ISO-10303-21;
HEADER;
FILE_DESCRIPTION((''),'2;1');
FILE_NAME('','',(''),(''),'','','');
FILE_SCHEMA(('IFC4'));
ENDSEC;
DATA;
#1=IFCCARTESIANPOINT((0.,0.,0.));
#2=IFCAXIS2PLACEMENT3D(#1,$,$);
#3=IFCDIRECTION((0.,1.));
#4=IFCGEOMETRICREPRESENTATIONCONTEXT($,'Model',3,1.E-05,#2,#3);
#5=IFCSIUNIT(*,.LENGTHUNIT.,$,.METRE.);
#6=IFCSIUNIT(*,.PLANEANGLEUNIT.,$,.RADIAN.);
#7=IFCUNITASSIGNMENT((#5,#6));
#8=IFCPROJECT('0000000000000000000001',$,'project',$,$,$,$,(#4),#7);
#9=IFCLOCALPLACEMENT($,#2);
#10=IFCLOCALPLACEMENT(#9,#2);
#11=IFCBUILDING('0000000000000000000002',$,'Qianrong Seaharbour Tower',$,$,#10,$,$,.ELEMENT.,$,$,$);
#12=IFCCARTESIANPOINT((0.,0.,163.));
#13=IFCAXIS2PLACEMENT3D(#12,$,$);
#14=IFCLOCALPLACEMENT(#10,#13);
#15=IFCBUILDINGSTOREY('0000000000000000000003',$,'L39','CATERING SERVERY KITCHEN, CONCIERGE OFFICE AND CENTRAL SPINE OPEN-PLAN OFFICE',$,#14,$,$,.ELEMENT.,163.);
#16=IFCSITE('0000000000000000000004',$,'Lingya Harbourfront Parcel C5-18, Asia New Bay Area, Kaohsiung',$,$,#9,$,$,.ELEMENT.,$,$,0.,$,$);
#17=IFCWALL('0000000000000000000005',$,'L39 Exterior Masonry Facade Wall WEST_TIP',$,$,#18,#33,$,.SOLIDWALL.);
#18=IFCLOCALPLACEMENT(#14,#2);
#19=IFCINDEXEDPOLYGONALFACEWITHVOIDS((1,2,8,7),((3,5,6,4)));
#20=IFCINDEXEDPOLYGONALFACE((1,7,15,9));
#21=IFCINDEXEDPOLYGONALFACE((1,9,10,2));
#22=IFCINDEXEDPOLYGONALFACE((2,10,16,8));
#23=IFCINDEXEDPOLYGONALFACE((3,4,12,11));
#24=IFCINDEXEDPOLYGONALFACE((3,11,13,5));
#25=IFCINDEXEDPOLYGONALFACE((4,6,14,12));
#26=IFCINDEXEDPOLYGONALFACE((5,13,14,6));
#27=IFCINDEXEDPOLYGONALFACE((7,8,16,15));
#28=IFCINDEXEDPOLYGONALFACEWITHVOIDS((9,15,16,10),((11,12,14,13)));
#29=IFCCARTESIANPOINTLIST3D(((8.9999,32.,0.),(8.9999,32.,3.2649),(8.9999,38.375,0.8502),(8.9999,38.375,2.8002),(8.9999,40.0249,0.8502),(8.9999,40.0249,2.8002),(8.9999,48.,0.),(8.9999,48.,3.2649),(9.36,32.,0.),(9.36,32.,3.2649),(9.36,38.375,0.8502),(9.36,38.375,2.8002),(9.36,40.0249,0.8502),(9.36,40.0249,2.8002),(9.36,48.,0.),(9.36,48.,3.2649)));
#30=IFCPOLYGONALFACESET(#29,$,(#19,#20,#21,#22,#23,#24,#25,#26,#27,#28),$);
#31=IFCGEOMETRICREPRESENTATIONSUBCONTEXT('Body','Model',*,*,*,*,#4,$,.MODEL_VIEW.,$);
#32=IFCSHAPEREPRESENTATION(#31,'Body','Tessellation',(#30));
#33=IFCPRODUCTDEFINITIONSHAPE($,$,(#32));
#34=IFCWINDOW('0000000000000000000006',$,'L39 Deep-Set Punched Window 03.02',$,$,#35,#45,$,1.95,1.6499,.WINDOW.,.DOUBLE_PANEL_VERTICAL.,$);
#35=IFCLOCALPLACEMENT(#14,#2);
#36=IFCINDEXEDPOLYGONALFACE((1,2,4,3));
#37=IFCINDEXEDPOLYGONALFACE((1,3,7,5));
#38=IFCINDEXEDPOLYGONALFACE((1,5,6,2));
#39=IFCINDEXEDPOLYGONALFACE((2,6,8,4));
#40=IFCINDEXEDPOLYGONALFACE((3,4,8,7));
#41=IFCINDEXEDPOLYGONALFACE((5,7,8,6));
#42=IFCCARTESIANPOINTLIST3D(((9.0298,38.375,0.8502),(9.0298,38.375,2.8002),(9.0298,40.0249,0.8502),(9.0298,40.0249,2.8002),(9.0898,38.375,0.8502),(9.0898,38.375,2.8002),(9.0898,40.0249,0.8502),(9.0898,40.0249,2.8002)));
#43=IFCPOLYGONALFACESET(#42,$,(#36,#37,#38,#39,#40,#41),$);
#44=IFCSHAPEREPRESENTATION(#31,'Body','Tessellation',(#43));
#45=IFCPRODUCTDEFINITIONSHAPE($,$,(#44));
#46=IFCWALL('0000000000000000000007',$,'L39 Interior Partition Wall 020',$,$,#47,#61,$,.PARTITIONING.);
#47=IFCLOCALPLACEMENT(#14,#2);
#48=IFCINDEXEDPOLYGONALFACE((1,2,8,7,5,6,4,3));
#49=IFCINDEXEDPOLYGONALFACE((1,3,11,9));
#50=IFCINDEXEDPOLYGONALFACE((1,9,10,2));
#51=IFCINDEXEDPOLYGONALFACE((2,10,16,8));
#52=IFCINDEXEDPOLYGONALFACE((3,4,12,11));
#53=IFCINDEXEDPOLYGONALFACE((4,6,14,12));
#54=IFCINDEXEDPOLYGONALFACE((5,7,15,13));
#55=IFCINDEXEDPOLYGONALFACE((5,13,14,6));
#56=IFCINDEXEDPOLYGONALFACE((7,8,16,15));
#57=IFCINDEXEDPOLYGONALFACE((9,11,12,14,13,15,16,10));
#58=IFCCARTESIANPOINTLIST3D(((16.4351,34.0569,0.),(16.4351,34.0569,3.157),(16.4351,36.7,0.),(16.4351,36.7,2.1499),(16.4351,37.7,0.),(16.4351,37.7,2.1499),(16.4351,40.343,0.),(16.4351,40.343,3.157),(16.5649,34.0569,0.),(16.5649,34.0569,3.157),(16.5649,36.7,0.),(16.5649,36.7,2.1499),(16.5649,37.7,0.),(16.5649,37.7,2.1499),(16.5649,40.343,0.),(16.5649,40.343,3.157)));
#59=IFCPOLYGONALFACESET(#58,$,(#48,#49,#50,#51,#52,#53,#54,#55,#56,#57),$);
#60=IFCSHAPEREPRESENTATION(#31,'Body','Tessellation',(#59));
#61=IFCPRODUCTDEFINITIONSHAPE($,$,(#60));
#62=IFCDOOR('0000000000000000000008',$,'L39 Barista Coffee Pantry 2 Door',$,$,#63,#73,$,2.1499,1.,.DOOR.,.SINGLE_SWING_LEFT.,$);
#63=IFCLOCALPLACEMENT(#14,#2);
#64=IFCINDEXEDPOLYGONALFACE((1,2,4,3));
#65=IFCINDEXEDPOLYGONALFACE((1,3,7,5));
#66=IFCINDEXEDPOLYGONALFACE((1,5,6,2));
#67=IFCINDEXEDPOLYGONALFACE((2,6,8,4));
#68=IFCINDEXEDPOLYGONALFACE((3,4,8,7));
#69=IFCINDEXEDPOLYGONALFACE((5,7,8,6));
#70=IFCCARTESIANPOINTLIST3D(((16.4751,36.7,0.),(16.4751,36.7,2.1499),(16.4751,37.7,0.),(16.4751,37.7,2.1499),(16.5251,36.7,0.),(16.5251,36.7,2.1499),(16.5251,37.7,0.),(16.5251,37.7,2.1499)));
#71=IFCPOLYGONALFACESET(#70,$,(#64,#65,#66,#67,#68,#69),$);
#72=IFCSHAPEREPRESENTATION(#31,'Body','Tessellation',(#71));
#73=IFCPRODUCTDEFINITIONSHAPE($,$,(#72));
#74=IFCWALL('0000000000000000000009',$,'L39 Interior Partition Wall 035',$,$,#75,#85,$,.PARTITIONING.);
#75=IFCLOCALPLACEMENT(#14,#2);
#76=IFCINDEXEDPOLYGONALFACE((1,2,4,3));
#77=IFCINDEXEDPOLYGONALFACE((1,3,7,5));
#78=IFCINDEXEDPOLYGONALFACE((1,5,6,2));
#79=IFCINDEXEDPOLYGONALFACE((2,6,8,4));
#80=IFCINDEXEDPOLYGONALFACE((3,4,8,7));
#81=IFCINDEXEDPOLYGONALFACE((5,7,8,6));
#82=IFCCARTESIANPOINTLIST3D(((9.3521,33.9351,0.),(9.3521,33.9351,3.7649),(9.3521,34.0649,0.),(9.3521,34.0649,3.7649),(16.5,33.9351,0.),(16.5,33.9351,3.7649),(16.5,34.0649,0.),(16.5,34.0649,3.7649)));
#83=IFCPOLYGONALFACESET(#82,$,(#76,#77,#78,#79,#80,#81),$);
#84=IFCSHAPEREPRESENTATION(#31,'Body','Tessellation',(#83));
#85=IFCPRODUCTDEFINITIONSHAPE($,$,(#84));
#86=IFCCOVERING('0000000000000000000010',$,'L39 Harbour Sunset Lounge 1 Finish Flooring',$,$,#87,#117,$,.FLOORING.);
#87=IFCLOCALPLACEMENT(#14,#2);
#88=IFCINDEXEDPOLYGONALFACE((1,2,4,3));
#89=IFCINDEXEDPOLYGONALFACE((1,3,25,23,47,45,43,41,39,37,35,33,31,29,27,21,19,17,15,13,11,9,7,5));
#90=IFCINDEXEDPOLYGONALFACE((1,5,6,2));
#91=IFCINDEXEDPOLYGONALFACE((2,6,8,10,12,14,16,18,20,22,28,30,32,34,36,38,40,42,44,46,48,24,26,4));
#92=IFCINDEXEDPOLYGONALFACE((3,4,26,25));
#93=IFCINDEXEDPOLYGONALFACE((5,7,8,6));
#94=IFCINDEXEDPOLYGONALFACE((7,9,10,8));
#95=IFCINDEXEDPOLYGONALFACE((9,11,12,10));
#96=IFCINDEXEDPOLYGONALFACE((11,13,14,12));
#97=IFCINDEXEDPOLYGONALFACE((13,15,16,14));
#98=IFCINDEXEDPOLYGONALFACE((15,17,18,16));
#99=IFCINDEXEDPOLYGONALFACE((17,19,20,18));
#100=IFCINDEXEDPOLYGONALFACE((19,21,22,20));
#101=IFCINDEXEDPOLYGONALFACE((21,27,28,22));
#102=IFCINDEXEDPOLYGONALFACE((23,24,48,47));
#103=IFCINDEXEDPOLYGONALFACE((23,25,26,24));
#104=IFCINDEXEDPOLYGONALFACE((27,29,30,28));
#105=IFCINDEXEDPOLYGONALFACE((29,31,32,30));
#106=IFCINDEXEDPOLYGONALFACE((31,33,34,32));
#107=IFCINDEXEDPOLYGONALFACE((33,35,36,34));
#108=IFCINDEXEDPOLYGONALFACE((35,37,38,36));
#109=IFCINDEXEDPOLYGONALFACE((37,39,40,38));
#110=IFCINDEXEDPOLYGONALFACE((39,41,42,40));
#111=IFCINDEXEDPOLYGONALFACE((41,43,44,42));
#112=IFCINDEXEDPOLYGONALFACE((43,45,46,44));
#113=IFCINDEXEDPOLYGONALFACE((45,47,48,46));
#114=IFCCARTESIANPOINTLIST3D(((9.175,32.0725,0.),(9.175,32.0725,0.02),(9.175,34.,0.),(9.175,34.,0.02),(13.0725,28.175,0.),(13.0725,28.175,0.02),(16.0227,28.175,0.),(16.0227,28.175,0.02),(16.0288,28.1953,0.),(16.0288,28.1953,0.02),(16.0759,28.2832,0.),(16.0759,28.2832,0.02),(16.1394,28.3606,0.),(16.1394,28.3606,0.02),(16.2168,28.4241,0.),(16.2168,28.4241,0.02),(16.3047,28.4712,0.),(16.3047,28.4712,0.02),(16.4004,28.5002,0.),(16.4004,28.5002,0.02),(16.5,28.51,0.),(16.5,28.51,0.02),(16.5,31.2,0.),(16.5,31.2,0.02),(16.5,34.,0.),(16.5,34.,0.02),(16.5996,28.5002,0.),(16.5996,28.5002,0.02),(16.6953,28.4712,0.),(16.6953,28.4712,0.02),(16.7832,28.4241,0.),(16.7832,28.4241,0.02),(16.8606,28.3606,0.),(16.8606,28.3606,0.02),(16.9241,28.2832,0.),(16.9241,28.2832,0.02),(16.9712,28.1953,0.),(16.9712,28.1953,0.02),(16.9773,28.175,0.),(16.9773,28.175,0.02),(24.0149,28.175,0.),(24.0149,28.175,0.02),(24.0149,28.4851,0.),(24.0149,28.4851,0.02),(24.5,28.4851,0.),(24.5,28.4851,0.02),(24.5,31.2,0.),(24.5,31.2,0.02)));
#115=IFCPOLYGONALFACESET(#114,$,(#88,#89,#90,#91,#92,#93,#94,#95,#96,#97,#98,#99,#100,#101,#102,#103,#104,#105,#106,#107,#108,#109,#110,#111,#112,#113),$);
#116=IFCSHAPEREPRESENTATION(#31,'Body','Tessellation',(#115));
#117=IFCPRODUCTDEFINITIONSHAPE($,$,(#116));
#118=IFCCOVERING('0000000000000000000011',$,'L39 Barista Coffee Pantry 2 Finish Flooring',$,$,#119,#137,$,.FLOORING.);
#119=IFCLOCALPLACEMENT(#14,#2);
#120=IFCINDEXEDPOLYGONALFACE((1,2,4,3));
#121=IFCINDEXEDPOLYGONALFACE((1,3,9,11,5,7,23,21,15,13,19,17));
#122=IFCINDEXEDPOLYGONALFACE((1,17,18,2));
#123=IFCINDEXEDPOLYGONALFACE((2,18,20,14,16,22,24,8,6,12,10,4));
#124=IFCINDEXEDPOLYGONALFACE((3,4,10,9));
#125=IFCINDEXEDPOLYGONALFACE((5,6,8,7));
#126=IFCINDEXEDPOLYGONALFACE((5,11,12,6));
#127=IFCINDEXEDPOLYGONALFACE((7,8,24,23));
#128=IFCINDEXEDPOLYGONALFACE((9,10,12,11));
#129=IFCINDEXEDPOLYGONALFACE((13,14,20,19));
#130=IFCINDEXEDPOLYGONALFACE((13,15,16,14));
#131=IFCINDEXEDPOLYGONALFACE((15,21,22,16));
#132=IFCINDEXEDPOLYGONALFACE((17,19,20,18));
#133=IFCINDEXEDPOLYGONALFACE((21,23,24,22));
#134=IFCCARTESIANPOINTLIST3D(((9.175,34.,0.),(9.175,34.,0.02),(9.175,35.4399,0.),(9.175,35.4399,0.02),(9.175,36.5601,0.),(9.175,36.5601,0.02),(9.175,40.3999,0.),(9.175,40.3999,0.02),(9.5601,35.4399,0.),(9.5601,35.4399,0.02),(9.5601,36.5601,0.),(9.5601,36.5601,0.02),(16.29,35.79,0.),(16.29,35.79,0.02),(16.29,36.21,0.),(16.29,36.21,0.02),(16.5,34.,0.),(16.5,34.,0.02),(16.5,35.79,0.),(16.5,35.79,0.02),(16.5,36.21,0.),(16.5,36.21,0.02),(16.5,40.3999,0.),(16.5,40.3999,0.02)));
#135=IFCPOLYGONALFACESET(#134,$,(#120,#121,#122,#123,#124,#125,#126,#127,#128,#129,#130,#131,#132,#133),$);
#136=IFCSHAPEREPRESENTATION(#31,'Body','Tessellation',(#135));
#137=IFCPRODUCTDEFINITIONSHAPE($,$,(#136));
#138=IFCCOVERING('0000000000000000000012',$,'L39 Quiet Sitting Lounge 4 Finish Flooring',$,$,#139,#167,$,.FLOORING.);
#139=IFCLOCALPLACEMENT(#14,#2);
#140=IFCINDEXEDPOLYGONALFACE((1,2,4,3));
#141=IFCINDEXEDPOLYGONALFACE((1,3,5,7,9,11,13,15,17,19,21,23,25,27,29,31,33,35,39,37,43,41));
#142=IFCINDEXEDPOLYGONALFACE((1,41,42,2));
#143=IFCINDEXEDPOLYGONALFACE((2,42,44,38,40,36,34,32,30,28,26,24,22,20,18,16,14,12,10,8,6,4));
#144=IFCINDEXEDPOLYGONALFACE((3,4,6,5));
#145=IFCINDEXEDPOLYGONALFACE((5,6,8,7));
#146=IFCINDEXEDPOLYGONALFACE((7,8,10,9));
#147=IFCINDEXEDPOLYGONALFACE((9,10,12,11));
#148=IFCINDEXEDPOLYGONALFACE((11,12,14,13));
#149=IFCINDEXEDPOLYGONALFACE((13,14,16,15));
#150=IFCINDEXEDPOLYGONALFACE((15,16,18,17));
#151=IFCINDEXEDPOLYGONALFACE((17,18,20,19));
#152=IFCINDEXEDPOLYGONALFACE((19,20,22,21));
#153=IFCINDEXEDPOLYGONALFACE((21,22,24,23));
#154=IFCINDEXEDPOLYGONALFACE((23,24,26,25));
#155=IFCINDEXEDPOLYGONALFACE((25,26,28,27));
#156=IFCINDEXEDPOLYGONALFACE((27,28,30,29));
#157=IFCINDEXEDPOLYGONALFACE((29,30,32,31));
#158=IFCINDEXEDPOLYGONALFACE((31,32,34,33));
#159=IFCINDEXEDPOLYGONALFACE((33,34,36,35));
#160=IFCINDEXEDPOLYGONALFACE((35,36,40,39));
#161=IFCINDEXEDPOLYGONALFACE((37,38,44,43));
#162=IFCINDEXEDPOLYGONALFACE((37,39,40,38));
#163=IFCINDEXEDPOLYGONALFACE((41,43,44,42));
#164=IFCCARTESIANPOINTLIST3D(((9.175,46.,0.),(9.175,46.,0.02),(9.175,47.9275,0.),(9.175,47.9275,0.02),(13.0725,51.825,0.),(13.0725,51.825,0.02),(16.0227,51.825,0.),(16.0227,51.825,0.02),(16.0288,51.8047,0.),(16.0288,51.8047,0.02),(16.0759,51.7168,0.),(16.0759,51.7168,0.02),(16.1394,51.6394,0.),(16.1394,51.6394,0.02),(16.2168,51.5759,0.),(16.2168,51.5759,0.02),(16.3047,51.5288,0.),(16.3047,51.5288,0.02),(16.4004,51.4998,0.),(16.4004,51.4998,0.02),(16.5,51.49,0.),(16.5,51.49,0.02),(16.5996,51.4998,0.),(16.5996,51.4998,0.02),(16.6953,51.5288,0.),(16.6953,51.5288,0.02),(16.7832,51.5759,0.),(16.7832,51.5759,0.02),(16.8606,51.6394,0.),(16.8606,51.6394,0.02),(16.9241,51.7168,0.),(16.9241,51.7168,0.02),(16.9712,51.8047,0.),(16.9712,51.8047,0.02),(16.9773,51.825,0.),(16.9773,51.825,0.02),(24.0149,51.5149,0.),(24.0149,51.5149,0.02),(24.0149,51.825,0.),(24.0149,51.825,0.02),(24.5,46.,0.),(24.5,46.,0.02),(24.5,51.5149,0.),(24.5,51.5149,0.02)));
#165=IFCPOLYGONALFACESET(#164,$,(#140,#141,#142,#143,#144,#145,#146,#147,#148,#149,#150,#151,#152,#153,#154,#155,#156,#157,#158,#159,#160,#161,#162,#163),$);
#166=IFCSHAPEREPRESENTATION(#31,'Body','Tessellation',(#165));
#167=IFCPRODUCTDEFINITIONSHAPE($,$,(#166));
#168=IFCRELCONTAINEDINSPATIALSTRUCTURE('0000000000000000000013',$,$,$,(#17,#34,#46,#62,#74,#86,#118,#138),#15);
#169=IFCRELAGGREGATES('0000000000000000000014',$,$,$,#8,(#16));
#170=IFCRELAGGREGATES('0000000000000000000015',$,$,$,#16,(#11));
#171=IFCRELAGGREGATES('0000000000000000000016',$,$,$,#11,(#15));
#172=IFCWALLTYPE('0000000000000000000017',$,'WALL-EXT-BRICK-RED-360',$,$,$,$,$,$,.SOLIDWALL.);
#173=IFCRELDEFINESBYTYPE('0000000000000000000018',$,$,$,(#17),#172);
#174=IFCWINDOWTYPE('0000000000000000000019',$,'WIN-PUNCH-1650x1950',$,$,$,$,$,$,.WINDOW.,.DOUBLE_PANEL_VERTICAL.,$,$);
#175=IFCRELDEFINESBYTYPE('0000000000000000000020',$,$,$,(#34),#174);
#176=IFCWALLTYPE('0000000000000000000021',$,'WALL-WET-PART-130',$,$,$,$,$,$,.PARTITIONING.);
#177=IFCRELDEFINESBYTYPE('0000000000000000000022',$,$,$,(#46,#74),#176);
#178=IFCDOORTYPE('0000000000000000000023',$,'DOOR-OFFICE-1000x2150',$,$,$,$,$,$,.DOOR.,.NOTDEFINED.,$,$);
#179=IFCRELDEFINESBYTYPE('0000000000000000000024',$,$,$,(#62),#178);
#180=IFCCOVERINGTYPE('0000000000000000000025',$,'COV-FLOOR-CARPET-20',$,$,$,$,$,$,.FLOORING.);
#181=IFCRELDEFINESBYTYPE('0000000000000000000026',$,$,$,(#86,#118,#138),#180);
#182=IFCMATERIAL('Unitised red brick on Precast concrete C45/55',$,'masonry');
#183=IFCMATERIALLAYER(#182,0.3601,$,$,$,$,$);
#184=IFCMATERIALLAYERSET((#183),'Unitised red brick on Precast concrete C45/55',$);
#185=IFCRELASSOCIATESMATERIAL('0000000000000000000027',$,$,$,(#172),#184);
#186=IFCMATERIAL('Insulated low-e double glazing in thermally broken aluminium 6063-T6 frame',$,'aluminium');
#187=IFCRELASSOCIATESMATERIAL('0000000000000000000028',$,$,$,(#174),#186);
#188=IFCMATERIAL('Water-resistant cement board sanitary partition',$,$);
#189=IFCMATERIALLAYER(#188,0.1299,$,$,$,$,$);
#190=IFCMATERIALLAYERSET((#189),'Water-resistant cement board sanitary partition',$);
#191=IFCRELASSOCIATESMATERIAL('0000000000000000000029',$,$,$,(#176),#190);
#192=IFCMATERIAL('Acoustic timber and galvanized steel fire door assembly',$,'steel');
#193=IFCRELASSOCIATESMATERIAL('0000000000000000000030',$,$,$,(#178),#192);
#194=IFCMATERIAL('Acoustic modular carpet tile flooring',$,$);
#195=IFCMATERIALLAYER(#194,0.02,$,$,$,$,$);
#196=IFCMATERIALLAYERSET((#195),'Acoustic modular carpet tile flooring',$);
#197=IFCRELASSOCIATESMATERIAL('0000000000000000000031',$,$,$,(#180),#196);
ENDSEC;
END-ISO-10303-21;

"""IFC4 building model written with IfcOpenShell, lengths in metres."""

from ifc_helpers import new_model, si_unit, direction, frame, frame_2d, origin, place, context, subcontext, project, spatial, polyline, rectangle, outline, extrude, material, layer, layer_set, type_object, element, fill, save


model = new_model("IFC4")

# Units and contexts
model_context = context("Model", 3, precision=1e-05, world=origin(), true_north=direction((0.0, 1.0)))
body_context = subcontext(model_context, "Body", "Model", "MODEL_VIEW")
ifc_project = project(units=[si_unit("LENGTHUNIT", "METRE"), si_unit("PLANEANGLEUNIT", "RADIAN")], contexts=[model_context])

# Site, building, storey
site_placement = place(None, origin())
site = spatial("IfcSite", under=ifc_project, at=site_placement, Name="Lingya Harbourfront Parcel C5-18, Asia New Bay Area, Kaohsiung", CompositionType="ELEMENT", RefElevation=0.0)
building_placement = place(site_placement, origin())
building = spatial("IfcBuilding", under=site, at=building_placement, Name="Qianrong Seaharbour Tower", CompositionType="ELEMENT")
storey_placement = place(building_placement, frame((0.0, 0.0, 163.0)))
storey = spatial("IfcBuildingStorey", under=building, at=storey_placement, Name="L39", Description="CATERING SERVERY KITCHEN, CONCIERGE OFFICE AND CENTRAL SPINE OPEN-PLAN OFFICE", CompositionType="ELEMENT", Elevation=163.0)

# Shared definitions
ifc_material_1 = material(Name="Unitised red brick on Precast concrete C45/55", Category="masonry")
ifc_layer_1 = layer(ifc_material_1, 0.3601)
ifc_layer_set_1 = layer_set([ifc_layer_1], Name="Unitised red brick on Precast concrete C45/55")
wall_type_1 = type_object("IfcWallType", Name="WALL-EXT-BRICK-RED-360", PredefinedType="SOLIDWALL", material=ifc_layer_set_1)

# Wall, opening, window
wall_1_placement = place(storey_placement, frame((9.1799, 32.0, 0.0), z_axis=(0.0, 0.0, 1.0), x_axis=(0.0, 1.0, 0.0)))
wall_1 = element("IfcWall", 1, at=wall_1_placement, inside=storey, type_object=wall_type_1, Name="L39 Exterior Masonry Facade Wall WEST_TIP", PredefinedType="SOLIDWALL", context=body_context, shape_type="SweptSolid", body=[
    extrude(rectangle(XDim=16.0, YDim=0.3601, at=frame_2d((8.0, 0.0))), origin(), (0.0, 0.0, 1.0), 3.2649),
])
opening_1_placement = place(wall_1_placement, frame((6.375, 0.0, 0.8501)))
opening_1 = element("IfcOpeningElement", 2, at=opening_1_placement, cuts=wall_1, PredefinedType="OPENING", context=body_context, shape_type="SweptSolid", body=[
    extrude(rectangle(XDim=1.6499, YDim=1.95, at=frame_2d((0.825, 0.9751))), frame((0.0, 0.1899, 0.0), z_axis=(0.0, -1.0, 0.0), x_axis=(1.0, 0.0, 0.0)), (0.0, 0.0, 1.0), 0.3801),
])
ifc_material_2 = material(Name="Insulated low-e double glazing in thermally broken aluminium 6063-T6 frame", Category="aluminium")
window_type = type_object("IfcWindowType", Name="WIN-PUNCH-1650x1950", PartitioningType="DOUBLE_PANEL_VERTICAL", PredefinedType="WINDOW", material=ifc_material_2)
window_placement = place(opening_1_placement, origin())
window = element("IfcWindow", 3, at=window_placement, inside=storey, type_object=window_type, Name="L39 Deep-Set Punched Window 03.02", OverallHeight=1.95, OverallWidth=1.6499, PartitioningType="DOUBLE_PANEL_VERTICAL", PredefinedType="WINDOW", context=body_context, shape_type="SweptSolid", body=[
    extrude(rectangle(XDim=1.6499, YDim=1.95, at=frame_2d((0.825, 0.9751))), frame((0.0, 0.1501, 0.0), z_axis=(0.0, -1.0, 0.0), x_axis=(1.0, 0.0, 0.0)), (0.0, 0.0, 1.0), 0.0601),
])
fill(opening_1, window)

# Wall, opening, door
ifc_material_3 = material(Name="Water-resistant cement board sanitary partition")
ifc_layer_2 = layer(ifc_material_3, 0.1299)
ifc_layer_set_2 = layer_set([ifc_layer_2], Name="Water-resistant cement board sanitary partition")
wall_type_2 = type_object("IfcWallType", Name="WALL-WET-PART-130", PredefinedType="PARTITIONING", material=ifc_layer_set_2)
wall_2_placement = place(storey_placement, frame((16.5, 34.0569, 0.0), z_axis=(0.0, 0.0, 1.0), x_axis=(0.0, 1.0, 0.0)))
wall_2 = element("IfcWall", 4, at=wall_2_placement, inside=storey, type_object=wall_type_2, Name="L39 Interior Partition Wall 020", PredefinedType="PARTITIONING", context=body_context, shape_type="SweptSolid", body=[
    extrude(rectangle(XDim=6.2861, YDim=0.1299, at=frame_2d((3.1431, 0.0))), origin(), (0.0, 0.0, 1.0), 3.157),
])
opening_2_placement = place(wall_2_placement, frame((2.6431, 0.0, 0.0)))
opening_2 = element("IfcOpeningElement", 5, at=opening_2_placement, cuts=wall_2, PredefinedType="OPENING", context=body_context, shape_type="SweptSolid", body=[
    extrude(rectangle(XDim=1.0, YDim=2.1499, at=frame_2d((0.5, 1.075))), frame((0.0, 0.075, 0.0), z_axis=(0.0, -1.0, 0.0), x_axis=(1.0, 0.0, 0.0)), (0.0, 0.0, 1.0), 0.1499),
])
ifc_material_4 = material(Name="Acoustic timber and galvanized steel fire door assembly", Category="steel")
door_type = type_object("IfcDoorType", Name="DOOR-OFFICE-1000x2150", OperationType="NOTDEFINED", PredefinedType="DOOR", material=ifc_material_4)
door_placement = place(opening_2_placement, origin())
door = element("IfcDoor", 6, at=door_placement, inside=storey, type_object=door_type, Name="L39 Barista Coffee Pantry 2 Door", OperationType="SINGLE_SWING_LEFT", OverallHeight=2.1499, OverallWidth=1.0, PredefinedType="DOOR", context=body_context, shape_type="SweptSolid", body=[
    extrude(rectangle(XDim=1.0, YDim=2.1499, at=frame_2d((0.5, 1.075))), frame((0.0, 0.0249, 0.0), z_axis=(0.0, -1.0, 0.0), x_axis=(1.0, 0.0, 0.0)), (0.0, 0.0, 1.0), 0.05),
])
fill(opening_2, door)

# Wall
wall_3_placement = place(storey_placement, frame((9.3521, 34.0, 0.0), z_axis=(0.0, 0.0, 1.0), x_axis=(1.0, 0.0, 0.0)))
element("IfcWall", 7, at=wall_3_placement, inside=storey, type_object=wall_type_2, Name="L39 Interior Partition Wall 035", PredefinedType="PARTITIONING", context=body_context, shape_type="SweptSolid", body=[
    extrude(rectangle(XDim=7.1479, YDim=0.1299, at=frame_2d((3.574, 0.0))), origin(), (0.0, 0.0, 1.0), 3.7649),
])

# Coverings
ifc_material_5 = material(Name="Acoustic modular carpet tile flooring")
ifc_layer_3 = layer(ifc_material_5, 0.02)
ifc_layer_set_3 = layer_set([ifc_layer_3], Name="Acoustic modular carpet tile flooring")
covering_type_1 = type_object("IfcCoveringType", Name="COV-FLOOR-CARPET-20", PredefinedType="FLOORING", material=ifc_layer_set_3)
covering_1_placement = place(storey_placement, origin())
element("IfcCovering", 8, at=covering_1_placement, inside=storey, type_object=covering_type_1, Name="L39 Harbour Sunset Lounge 1 Finish Flooring", PredefinedType="FLOORING", context=body_context, shape_type="SweptSolid", body=[
    extrude(outline(polyline([(16.9773, 28.175), (16.9712, 28.1953), (16.9241, 28.2832), (16.8606, 28.3606), (16.7832, 28.4241), (16.6953, 28.4712), (16.5996, 28.5002), (16.5, 28.51), (16.4004, 28.5002), (16.3047, 28.4712), (16.2168, 28.4241), (16.1394, 28.3606), (16.0759, 28.2832), (16.0288, 28.1953), (16.0227, 28.175), (13.0725, 28.175), (9.175, 32.0725), (9.175, 34.0), (16.5, 34.0), (16.5, 31.2), (24.5, 31.2), (24.5, 28.4851), (24.0149, 28.4851), (24.0149, 28.175), (16.9773, 28.175)])), origin(), (0.0, 0.0, 1.0), 0.02),
])
covering_2_placement = place(storey_placement, origin())
element("IfcCovering", 9, at=covering_2_placement, inside=storey, type_object=covering_type_1, Name="L39 Barista Coffee Pantry 2 Finish Flooring", PredefinedType="FLOORING", context=body_context, shape_type="SweptSolid", body=[
    extrude(outline(polyline([(9.175, 35.4399), (9.5601, 35.4399), (9.5601, 36.5601), (9.175, 36.5601), (9.175, 40.3999), (16.5, 40.3999), (16.5, 36.21), (16.29, 36.21), (16.29, 35.79), (16.5, 35.79), (16.5, 34.0), (9.175, 34.0), (9.175, 35.4399)])), origin(), (0.0, 0.0, 1.0), 0.02),
])
covering_3_placement = place(storey_placement, origin())
element("IfcCovering", 10, at=covering_3_placement, inside=storey, type_object=covering_type_1, Name="L39 Quiet Sitting Lounge 4 Finish Flooring", PredefinedType="FLOORING", context=body_context, shape_type="SweptSolid", body=[
    extrude(outline(polyline([(9.175, 47.9275), (13.0725, 51.825), (16.0227, 51.825), (16.0288, 51.8047), (16.0759, 51.7168), (16.1394, 51.6394), (16.2168, 51.5759), (16.3047, 51.5288), (16.4004, 51.4998), (16.5, 51.49), (16.5996, 51.4998), (16.6953, 51.5288), (16.7832, 51.5759), (16.8606, 51.6394), (16.9241, 51.7168), (16.9712, 51.8047), (16.9773, 51.825), (24.0149, 51.825), (24.0149, 51.5149), (24.5, 51.5149), (24.5, 46.0), (9.175, 46.0), (9.175, 47.9275)])), origin(), (0.0, 0.0, 1.0), 0.02),
])

save(model, "model.ifc")
